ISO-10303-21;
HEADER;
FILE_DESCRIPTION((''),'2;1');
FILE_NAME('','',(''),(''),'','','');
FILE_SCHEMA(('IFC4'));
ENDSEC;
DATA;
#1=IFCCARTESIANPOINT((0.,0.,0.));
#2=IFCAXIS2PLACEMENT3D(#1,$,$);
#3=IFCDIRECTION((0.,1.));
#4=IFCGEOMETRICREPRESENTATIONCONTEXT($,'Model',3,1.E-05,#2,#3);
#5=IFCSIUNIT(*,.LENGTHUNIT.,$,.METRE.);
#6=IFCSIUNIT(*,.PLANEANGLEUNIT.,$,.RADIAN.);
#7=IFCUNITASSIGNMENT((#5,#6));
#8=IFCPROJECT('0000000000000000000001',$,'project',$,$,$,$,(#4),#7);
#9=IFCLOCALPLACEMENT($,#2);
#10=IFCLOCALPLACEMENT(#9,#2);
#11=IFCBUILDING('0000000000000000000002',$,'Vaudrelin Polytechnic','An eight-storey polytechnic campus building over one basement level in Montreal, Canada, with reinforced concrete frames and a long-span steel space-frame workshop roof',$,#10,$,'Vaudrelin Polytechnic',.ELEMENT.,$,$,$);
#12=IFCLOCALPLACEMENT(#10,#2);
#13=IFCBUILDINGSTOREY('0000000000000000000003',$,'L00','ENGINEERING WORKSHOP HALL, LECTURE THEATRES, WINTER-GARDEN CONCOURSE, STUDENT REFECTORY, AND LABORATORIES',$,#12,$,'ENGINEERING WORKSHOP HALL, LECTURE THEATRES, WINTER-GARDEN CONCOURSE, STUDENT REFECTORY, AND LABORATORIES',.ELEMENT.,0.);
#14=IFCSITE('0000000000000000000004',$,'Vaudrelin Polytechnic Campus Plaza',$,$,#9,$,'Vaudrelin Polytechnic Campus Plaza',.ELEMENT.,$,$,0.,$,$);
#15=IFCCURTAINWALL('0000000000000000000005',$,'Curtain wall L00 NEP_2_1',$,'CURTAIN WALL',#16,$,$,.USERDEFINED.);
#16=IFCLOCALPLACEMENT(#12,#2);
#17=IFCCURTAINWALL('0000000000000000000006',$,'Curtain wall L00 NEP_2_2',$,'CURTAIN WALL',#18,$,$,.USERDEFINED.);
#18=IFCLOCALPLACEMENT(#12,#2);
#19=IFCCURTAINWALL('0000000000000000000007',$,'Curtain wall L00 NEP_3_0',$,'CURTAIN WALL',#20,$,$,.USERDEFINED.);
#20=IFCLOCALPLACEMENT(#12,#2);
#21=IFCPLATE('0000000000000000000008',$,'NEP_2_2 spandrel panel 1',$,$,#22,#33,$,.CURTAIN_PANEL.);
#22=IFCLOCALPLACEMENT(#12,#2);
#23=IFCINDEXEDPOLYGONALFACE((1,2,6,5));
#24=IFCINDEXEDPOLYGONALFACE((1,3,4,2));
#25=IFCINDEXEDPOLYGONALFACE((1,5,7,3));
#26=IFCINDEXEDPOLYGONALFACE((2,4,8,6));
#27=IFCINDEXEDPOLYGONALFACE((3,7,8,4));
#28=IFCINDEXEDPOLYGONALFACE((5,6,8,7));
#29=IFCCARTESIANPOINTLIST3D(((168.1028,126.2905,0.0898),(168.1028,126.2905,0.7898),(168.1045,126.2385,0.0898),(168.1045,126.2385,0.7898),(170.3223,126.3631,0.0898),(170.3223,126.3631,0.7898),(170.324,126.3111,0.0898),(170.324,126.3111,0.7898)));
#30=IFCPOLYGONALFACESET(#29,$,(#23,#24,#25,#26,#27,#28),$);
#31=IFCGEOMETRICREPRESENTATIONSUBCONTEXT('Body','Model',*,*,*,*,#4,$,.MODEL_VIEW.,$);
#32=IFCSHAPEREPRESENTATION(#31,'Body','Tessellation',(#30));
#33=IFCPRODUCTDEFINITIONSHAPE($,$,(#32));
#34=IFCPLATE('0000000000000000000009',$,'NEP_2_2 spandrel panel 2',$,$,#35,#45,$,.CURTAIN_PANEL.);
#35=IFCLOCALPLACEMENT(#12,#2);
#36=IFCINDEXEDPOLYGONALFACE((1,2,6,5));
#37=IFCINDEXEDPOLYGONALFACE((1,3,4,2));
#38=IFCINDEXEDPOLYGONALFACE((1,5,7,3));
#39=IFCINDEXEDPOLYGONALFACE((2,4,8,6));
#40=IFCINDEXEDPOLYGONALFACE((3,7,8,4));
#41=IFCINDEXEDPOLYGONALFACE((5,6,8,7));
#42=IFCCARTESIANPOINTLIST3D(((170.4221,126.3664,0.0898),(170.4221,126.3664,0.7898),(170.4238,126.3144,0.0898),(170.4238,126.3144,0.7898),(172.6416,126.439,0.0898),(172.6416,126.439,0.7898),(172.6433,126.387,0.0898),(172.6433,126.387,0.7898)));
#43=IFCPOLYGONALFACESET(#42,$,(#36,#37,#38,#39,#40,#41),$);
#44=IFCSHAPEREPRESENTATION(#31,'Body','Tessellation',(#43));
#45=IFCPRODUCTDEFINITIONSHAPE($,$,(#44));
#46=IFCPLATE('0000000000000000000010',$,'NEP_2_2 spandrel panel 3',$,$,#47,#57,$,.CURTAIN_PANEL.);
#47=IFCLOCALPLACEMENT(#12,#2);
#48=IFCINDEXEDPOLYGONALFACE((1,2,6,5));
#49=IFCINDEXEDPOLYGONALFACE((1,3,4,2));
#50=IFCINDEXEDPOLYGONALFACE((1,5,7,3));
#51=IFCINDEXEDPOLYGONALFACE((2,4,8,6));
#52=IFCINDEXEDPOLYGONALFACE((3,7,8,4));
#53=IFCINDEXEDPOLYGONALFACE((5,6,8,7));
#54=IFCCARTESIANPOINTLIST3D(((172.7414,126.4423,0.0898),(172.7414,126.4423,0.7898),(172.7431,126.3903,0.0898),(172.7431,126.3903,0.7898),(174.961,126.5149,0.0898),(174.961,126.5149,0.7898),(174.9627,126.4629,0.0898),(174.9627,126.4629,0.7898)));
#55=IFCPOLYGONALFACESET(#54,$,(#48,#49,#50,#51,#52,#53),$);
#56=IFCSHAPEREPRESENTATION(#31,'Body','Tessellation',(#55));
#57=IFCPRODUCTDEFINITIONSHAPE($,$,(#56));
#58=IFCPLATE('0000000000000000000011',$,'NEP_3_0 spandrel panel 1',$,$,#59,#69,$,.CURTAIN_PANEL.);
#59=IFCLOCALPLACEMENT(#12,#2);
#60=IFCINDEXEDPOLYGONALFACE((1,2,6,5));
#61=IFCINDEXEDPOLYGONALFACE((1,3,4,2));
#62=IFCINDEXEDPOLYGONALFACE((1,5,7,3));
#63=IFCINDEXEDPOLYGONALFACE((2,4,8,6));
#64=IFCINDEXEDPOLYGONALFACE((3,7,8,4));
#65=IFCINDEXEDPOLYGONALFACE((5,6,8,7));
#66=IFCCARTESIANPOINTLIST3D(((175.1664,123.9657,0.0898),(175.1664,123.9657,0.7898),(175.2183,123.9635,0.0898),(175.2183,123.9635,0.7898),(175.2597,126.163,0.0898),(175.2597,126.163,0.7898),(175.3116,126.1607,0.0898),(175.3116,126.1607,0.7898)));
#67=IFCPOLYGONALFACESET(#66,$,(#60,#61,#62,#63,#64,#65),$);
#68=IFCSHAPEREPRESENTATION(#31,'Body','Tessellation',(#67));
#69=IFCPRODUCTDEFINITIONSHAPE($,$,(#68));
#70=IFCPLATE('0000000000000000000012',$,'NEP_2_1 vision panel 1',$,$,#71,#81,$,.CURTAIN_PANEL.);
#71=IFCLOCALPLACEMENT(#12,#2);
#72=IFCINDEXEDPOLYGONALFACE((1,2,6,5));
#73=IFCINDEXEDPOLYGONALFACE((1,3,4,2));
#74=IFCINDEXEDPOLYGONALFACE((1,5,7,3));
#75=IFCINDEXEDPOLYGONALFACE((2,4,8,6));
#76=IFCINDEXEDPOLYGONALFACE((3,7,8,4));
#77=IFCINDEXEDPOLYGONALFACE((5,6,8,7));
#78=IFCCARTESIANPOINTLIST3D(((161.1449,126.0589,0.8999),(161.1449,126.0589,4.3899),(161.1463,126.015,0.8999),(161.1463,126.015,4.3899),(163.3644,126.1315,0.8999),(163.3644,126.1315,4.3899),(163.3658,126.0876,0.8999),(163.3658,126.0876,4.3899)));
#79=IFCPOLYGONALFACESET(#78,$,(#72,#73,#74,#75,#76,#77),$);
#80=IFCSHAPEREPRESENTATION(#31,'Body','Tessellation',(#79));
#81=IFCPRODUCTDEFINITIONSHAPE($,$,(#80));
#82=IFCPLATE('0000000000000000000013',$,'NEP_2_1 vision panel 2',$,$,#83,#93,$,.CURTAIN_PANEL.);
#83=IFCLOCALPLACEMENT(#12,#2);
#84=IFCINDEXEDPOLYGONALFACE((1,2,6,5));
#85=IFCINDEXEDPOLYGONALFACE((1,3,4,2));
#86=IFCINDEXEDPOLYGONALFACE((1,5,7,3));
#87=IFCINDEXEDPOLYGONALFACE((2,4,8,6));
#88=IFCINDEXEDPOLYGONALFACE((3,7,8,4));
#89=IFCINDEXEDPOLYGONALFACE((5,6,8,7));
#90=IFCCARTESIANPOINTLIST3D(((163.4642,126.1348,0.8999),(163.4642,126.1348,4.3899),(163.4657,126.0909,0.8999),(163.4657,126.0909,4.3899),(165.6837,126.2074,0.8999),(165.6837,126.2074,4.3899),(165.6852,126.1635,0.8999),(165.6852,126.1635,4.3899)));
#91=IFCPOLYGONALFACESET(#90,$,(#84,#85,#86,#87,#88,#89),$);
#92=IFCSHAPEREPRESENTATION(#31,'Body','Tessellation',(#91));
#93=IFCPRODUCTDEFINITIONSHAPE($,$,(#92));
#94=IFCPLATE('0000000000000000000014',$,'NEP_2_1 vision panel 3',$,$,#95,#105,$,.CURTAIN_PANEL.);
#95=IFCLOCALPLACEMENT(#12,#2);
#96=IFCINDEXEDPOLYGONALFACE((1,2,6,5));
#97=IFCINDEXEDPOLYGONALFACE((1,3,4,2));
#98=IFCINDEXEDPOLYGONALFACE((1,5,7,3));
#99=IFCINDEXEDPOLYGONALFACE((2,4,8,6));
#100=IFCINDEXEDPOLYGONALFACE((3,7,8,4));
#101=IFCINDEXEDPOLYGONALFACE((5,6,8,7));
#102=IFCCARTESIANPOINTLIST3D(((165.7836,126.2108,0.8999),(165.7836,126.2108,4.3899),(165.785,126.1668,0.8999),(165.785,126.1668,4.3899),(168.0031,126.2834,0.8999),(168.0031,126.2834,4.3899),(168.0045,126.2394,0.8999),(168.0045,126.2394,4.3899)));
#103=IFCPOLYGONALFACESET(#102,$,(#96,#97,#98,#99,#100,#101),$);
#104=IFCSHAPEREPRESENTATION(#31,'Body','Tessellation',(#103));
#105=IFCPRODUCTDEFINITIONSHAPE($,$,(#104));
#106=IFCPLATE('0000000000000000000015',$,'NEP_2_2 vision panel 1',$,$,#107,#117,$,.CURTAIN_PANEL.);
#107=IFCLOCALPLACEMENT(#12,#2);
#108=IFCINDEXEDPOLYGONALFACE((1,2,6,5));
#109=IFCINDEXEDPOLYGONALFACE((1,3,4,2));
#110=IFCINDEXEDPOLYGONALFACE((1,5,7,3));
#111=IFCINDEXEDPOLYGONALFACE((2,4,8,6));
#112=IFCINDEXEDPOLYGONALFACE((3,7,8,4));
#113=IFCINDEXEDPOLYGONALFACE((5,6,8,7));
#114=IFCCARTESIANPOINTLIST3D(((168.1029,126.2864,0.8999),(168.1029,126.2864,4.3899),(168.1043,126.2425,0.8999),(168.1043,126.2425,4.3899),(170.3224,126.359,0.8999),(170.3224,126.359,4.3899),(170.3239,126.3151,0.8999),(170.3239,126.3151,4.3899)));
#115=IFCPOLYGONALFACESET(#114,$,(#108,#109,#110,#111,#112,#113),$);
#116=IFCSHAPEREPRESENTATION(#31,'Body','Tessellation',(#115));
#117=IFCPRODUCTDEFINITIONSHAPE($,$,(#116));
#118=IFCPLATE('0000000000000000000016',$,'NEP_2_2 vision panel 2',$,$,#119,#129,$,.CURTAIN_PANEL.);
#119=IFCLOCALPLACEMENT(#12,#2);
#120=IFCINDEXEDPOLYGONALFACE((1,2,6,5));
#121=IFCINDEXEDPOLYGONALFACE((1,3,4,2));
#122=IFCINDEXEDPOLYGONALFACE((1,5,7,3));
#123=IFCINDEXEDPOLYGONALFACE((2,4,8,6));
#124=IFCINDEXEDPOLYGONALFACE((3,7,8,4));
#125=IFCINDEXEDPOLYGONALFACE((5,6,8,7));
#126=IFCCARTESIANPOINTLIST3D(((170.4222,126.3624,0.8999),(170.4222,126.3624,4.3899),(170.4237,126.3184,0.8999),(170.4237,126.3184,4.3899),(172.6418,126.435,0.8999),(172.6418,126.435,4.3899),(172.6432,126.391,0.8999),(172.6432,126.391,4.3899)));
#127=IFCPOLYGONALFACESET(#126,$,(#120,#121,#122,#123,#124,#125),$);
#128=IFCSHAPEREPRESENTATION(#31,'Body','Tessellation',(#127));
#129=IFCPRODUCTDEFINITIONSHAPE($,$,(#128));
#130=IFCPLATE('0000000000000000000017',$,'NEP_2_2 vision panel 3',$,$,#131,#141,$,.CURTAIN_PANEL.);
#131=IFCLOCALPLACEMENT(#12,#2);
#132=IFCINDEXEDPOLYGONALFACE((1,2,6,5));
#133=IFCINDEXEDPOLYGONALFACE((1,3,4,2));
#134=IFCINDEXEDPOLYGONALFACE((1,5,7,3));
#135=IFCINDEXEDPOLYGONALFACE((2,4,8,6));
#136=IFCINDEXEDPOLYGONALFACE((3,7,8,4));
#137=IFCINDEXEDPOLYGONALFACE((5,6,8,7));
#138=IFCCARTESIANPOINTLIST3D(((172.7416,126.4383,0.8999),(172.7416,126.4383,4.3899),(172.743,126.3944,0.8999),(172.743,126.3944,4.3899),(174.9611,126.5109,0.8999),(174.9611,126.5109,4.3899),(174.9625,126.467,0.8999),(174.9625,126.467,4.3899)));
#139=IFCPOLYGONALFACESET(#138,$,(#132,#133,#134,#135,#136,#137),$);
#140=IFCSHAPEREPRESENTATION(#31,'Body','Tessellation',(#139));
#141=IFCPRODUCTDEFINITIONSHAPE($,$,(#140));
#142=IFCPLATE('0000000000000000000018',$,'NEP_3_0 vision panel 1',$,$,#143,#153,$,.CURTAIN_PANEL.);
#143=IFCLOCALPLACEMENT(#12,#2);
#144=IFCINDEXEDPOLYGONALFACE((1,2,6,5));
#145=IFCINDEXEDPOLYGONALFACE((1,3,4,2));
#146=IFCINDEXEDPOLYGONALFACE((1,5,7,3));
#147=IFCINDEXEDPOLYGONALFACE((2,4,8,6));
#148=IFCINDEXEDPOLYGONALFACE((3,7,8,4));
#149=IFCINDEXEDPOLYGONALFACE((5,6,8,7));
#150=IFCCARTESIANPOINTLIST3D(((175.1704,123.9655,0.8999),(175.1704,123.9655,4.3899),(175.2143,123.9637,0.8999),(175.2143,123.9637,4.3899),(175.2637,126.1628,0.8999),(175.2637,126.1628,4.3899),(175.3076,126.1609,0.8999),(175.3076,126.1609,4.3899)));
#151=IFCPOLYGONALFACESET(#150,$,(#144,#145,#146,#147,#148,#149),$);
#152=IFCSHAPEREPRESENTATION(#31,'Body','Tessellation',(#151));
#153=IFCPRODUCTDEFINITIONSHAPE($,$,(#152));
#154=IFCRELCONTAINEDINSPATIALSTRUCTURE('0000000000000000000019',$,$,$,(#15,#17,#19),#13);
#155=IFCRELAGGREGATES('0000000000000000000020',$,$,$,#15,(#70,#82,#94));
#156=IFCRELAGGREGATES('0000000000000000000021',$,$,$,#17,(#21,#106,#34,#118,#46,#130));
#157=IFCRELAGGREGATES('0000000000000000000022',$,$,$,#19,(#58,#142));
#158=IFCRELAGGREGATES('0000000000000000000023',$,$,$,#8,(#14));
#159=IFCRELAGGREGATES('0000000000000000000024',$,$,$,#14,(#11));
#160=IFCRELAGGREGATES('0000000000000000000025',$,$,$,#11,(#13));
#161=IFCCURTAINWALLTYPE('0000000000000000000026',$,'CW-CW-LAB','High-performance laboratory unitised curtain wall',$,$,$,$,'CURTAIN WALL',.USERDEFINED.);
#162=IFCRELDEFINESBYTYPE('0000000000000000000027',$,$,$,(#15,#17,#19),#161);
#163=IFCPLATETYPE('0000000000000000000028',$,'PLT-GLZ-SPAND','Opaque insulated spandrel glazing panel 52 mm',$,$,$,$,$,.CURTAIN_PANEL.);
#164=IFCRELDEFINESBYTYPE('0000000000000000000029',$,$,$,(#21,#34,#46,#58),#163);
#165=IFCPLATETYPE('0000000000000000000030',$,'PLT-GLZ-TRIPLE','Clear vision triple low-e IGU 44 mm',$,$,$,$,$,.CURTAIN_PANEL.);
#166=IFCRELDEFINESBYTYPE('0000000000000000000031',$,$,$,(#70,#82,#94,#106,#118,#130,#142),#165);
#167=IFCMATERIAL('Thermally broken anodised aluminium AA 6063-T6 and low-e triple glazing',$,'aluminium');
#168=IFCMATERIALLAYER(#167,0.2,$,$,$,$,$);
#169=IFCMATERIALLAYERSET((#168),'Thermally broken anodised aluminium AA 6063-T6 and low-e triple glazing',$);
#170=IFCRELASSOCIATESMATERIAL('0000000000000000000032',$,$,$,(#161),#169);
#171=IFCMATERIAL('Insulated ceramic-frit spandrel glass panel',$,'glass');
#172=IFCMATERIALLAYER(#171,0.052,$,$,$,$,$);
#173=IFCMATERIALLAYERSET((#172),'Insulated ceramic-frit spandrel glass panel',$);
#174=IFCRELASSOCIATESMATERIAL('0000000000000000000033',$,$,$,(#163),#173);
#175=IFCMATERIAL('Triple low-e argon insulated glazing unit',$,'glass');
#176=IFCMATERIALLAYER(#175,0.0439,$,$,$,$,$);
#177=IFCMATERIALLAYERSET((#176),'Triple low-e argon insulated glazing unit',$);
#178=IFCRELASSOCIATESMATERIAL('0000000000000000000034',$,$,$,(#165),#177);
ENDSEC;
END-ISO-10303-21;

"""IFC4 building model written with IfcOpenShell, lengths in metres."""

from ifc_helpers import new_model, si_unit, direction, frame, origin, origin_2d, place, context, subcontext, project, spatial, rectangle, extrude, material, layer, layer_set, type_object, element, aggregate, save


model = new_model("IFC4")

# Units and contexts
model_context = context("Model", 3, precision=1e-05, world=origin(), true_north=direction((0.0, 1.0)))
body_context = subcontext(model_context, "Body", "Model", "MODEL_VIEW")
ifc_project = project(units=[si_unit("LENGTHUNIT", "METRE"), si_unit("PLANEANGLEUNIT", "RADIAN")], contexts=[model_context])

# Site, building, storey
site_placement = place(None, origin())
site = spatial("IfcSite", under=ifc_project, at=site_placement, Name="Vaudrelin Polytechnic Campus Plaza", LongName="Vaudrelin Polytechnic Campus Plaza", CompositionType="ELEMENT", RefElevation=0.0)
building_placement = place(site_placement, origin())
building = spatial("IfcBuilding", under=site, at=building_placement, Name="Vaudrelin Polytechnic", Description="An eight-storey polytechnic campus building over one basement level in Montreal, Canada, with reinforced concrete frames and a long-span steel space-frame workshop roof", LongName="Vaudrelin Polytechnic", CompositionType="ELEMENT")
storey_placement = place(building_placement, origin())
storey = spatial("IfcBuildingStorey", under=building, at=storey_placement, Name="L00", Description="ENGINEERING WORKSHOP HALL, LECTURE THEATRES, WINTER-GARDEN CONCOURSE, STUDENT REFECTORY, AND LABORATORIES", LongName="ENGINEERING WORKSHOP HALL, LECTURE THEATRES, WINTER-GARDEN CONCOURSE, STUDENT REFECTORY, AND LABORATORIES", CompositionType="ELEMENT", Elevation=0.0)

# Curtain walls
ifc_material_1 = material(Name="Thermally broken anodised aluminium AA 6063-T6 and low-e triple glazing", Category="aluminium")
ifc_layer_1 = layer(ifc_material_1, 0.2)
ifc_layer_set_1 = layer_set([ifc_layer_1], Name="Thermally broken anodised aluminium AA 6063-T6 and low-e triple glazing")
curtain_wall_type = type_object("IfcCurtainWallType", Name="CW-CW-LAB", Description="High-performance laboratory unitised curtain wall", ElementType="CURTAIN WALL", PredefinedType="USERDEFINED", material=ifc_layer_set_1)
curtain_wall_1_placement = place(storey_placement, origin())
curtain_wall_1 = element("IfcCurtainWall", 1, at=curtain_wall_1_placement, inside=storey, type_object=curtain_wall_type, Name="Curtain wall L00 NEP_2_1", ObjectType="CURTAIN WALL", PredefinedType="USERDEFINED")
curtain_wall_2_placement = place(storey_placement, origin())
curtain_wall_2 = element("IfcCurtainWall", 2, at=curtain_wall_2_placement, inside=storey, type_object=curtain_wall_type, Name="Curtain wall L00 NEP_2_2", ObjectType="CURTAIN WALL", PredefinedType="USERDEFINED")
curtain_wall_3_placement = place(storey_placement, origin())
curtain_wall_3 = element("IfcCurtainWall", 3, at=curtain_wall_3_placement, inside=storey, type_object=curtain_wall_type, Name="Curtain wall L00 NEP_3_0", ObjectType="CURTAIN WALL", PredefinedType="USERDEFINED")

# Plates
ifc_material_2 = material(Name="Insulated ceramic-frit spandrel glass panel", Category="glass")
ifc_layer_2 = layer(ifc_material_2, 0.052)
ifc_layer_set_2 = layer_set([ifc_layer_2], Name="Insulated ceramic-frit spandrel glass panel")
plate_type_1 = type_object("IfcPlateType", Name="PLT-GLZ-SPAND", Description="Opaque insulated spandrel glazing panel 52 mm", PredefinedType="CURTAIN_PANEL", material=ifc_layer_set_2)
plate_1_placement = place(storey_placement, frame((169.2134, 126.3008, 0.0898), z_axis=(0.0, 0.0, 1.0), x_axis=(0.999465, 0.032693, 0.0)))
plate_1 = element("IfcPlate", 4, at=plate_1_placement, type_object=plate_type_1, Name="NEP_2_2 spandrel panel 1", PredefinedType="CURTAIN_PANEL", context=body_context, shape_type="SweptSolid", body=[
    extrude(rectangle(XDim=2.2207, YDim=0.052, at=origin_2d()), origin(), (0.0, 0.0, 1.0), 0.7),
])
plate_2_placement = place(storey_placement, frame((171.5327, 126.3767, 0.0898), z_axis=(0.0, 0.0, 1.0), x_axis=(0.999465, 0.032693, 0.0)))
plate_2 = element("IfcPlate", 5, at=plate_2_placement, type_object=plate_type_1, Name="NEP_2_2 spandrel panel 2", PredefinedType="CURTAIN_PANEL", context=body_context, shape_type="SweptSolid", body=[
    extrude(rectangle(XDim=2.2207, YDim=0.052, at=origin_2d()), origin(), (0.0, 0.0, 1.0), 0.7),
])
plate_3_placement = place(storey_placement, frame((173.8521, 126.4526, 0.0898), z_axis=(0.0, 0.0, 1.0), x_axis=(0.999465, 0.032693, 0.0)))
plate_3 = element("IfcPlate", 6, at=plate_3_placement, type_object=plate_type_1, Name="NEP_2_2 spandrel panel 3", PredefinedType="CURTAIN_PANEL", context=body_context, shape_type="SweptSolid", body=[
    extrude(rectangle(XDim=2.2207, YDim=0.052, at=origin_2d()), origin(), (0.0, 0.0, 1.0), 0.7),
])
plate_4_placement = place(storey_placement, frame((175.239, 125.0632, 0.0898), z_axis=(0.0, 0.0, 1.0), x_axis=(-0.04242, -0.9991, 0.0)))
plate_4 = element("IfcPlate", 7, at=plate_4_placement, type_object=plate_type_1, Name="NEP_3_0 spandrel panel 1", PredefinedType="CURTAIN_PANEL", context=body_context, shape_type="SweptSolid", body=[
    extrude(rectangle(XDim=2.1992, YDim=0.052, at=origin_2d()), origin(), (0.0, 0.0, 1.0), 0.7),
])
ifc_material_3 = material(Name="Triple low-e argon insulated glazing unit", Category="glass")
ifc_layer_3 = layer(ifc_material_3, 0.0439)
ifc_layer_set_3 = layer_set([ifc_layer_3], Name="Triple low-e argon insulated glazing unit")
plate_type_2 = type_object("IfcPlateType", Name="PLT-GLZ-TRIPLE", Description="Clear vision triple low-e IGU 44 mm", PredefinedType="CURTAIN_PANEL", material=ifc_layer_set_3)
plate_5_placement = place(storey_placement, frame((162.2554, 126.0732, 0.8999), z_axis=(0.0, 0.0, 1.0), x_axis=(0.999465, 0.032693, 0.0)))
plate_5 = element("IfcPlate", 8, at=plate_5_placement, type_object=plate_type_2, Name="NEP_2_1 vision panel 1", PredefinedType="CURTAIN_PANEL", context=body_context, shape_type="SweptSolid", body=[
    extrude(rectangle(XDim=2.2207, YDim=0.0439, at=origin_2d()), origin(), (0.0, 0.0, 1.0), 3.49),
])
plate_6_placement = place(storey_placement, frame((164.5747, 126.1492, 0.8999), z_axis=(0.0, 0.0, 1.0), x_axis=(0.999465, 0.032693, 0.0)))
plate_6 = element("IfcPlate", 9, at=plate_6_placement, type_object=plate_type_2, Name="NEP_2_1 vision panel 2", PredefinedType="CURTAIN_PANEL", context=body_context, shape_type="SweptSolid", body=[
    extrude(rectangle(XDim=2.2207, YDim=0.0439, at=origin_2d()), origin(), (0.0, 0.0, 1.0), 3.49),
])
plate_7_placement = place(storey_placement, frame((166.894, 126.2251, 0.8999), z_axis=(0.0, 0.0, 1.0), x_axis=(0.999465, 0.032693, 0.0)))
plate_7 = element("IfcPlate", 10, at=plate_7_placement, type_object=plate_type_2, Name="NEP_2_1 vision panel 3", PredefinedType="CURTAIN_PANEL", context=body_context, shape_type="SweptSolid", body=[
    extrude(rectangle(XDim=2.2207, YDim=0.0439, at=origin_2d()), origin(), (0.0, 0.0, 1.0), 3.49),
])
aggregate(curtain_wall_1, [plate_5, plate_6, plate_7])
plate_8_placement = place(storey_placement, frame((169.2134, 126.3008, 0.8999), z_axis=(0.0, 0.0, 1.0), x_axis=(0.999465, 0.032693, 0.0)))
plate_8 = element("IfcPlate", 11, at=plate_8_placement, type_object=plate_type_2, Name="NEP_2_2 vision panel 1", PredefinedType="CURTAIN_PANEL", context=body_context, shape_type="SweptSolid", body=[
    extrude(rectangle(XDim=2.2207, YDim=0.0439, at=origin_2d()), origin(), (0.0, 0.0, 1.0), 3.49),
])
plate_9_placement = place(storey_placement, frame((171.5327, 126.3767, 0.8999), z_axis=(0.0, 0.0, 1.0), x_axis=(0.999465, 0.032693, 0.0)))
plate_9 = element("IfcPlate", 12, at=plate_9_placement, type_object=plate_type_2, Name="NEP_2_2 vision panel 2", PredefinedType="CURTAIN_PANEL", context=body_context, shape_type="SweptSolid", body=[
    extrude(rectangle(XDim=2.2207, YDim=0.0439, at=origin_2d()), origin(), (0.0, 0.0, 1.0), 3.49),
])
plate_10_placement = place(storey_placement, frame((173.8521, 126.4526, 0.8999), z_axis=(0.0, 0.0, 1.0), x_axis=(0.999465, 0.032693, 0.0)))
plate_10 = element("IfcPlate", 13, at=plate_10_placement, type_object=plate_type_2, Name="NEP_2_2 vision panel 3", PredefinedType="CURTAIN_PANEL", context=body_context, shape_type="SweptSolid", body=[
    extrude(rectangle(XDim=2.2207, YDim=0.0439, at=origin_2d()), origin(), (0.0, 0.0, 1.0), 3.49),
])
aggregate(curtain_wall_2, [plate_1, plate_8, plate_2, plate_9, plate_3, plate_10])
plate_11_placement = place(storey_placement, frame((175.239, 125.0632, 0.8999), z_axis=(0.0, 0.0, 1.0), x_axis=(-0.04242, -0.9991, 0.0)))
plate_11 = element("IfcPlate", 14, at=plate_11_placement, type_object=plate_type_2, Name="NEP_3_0 vision panel 1", PredefinedType="CURTAIN_PANEL", context=body_context, shape_type="SweptSolid", body=[
    extrude(rectangle(XDim=2.1992, YDim=0.0439, at=origin_2d()), origin(), (0.0, 0.0, 1.0), 3.49),
])
aggregate(curtain_wall_3, [plate_4, plate_11])

save(model, "model.ifc")
